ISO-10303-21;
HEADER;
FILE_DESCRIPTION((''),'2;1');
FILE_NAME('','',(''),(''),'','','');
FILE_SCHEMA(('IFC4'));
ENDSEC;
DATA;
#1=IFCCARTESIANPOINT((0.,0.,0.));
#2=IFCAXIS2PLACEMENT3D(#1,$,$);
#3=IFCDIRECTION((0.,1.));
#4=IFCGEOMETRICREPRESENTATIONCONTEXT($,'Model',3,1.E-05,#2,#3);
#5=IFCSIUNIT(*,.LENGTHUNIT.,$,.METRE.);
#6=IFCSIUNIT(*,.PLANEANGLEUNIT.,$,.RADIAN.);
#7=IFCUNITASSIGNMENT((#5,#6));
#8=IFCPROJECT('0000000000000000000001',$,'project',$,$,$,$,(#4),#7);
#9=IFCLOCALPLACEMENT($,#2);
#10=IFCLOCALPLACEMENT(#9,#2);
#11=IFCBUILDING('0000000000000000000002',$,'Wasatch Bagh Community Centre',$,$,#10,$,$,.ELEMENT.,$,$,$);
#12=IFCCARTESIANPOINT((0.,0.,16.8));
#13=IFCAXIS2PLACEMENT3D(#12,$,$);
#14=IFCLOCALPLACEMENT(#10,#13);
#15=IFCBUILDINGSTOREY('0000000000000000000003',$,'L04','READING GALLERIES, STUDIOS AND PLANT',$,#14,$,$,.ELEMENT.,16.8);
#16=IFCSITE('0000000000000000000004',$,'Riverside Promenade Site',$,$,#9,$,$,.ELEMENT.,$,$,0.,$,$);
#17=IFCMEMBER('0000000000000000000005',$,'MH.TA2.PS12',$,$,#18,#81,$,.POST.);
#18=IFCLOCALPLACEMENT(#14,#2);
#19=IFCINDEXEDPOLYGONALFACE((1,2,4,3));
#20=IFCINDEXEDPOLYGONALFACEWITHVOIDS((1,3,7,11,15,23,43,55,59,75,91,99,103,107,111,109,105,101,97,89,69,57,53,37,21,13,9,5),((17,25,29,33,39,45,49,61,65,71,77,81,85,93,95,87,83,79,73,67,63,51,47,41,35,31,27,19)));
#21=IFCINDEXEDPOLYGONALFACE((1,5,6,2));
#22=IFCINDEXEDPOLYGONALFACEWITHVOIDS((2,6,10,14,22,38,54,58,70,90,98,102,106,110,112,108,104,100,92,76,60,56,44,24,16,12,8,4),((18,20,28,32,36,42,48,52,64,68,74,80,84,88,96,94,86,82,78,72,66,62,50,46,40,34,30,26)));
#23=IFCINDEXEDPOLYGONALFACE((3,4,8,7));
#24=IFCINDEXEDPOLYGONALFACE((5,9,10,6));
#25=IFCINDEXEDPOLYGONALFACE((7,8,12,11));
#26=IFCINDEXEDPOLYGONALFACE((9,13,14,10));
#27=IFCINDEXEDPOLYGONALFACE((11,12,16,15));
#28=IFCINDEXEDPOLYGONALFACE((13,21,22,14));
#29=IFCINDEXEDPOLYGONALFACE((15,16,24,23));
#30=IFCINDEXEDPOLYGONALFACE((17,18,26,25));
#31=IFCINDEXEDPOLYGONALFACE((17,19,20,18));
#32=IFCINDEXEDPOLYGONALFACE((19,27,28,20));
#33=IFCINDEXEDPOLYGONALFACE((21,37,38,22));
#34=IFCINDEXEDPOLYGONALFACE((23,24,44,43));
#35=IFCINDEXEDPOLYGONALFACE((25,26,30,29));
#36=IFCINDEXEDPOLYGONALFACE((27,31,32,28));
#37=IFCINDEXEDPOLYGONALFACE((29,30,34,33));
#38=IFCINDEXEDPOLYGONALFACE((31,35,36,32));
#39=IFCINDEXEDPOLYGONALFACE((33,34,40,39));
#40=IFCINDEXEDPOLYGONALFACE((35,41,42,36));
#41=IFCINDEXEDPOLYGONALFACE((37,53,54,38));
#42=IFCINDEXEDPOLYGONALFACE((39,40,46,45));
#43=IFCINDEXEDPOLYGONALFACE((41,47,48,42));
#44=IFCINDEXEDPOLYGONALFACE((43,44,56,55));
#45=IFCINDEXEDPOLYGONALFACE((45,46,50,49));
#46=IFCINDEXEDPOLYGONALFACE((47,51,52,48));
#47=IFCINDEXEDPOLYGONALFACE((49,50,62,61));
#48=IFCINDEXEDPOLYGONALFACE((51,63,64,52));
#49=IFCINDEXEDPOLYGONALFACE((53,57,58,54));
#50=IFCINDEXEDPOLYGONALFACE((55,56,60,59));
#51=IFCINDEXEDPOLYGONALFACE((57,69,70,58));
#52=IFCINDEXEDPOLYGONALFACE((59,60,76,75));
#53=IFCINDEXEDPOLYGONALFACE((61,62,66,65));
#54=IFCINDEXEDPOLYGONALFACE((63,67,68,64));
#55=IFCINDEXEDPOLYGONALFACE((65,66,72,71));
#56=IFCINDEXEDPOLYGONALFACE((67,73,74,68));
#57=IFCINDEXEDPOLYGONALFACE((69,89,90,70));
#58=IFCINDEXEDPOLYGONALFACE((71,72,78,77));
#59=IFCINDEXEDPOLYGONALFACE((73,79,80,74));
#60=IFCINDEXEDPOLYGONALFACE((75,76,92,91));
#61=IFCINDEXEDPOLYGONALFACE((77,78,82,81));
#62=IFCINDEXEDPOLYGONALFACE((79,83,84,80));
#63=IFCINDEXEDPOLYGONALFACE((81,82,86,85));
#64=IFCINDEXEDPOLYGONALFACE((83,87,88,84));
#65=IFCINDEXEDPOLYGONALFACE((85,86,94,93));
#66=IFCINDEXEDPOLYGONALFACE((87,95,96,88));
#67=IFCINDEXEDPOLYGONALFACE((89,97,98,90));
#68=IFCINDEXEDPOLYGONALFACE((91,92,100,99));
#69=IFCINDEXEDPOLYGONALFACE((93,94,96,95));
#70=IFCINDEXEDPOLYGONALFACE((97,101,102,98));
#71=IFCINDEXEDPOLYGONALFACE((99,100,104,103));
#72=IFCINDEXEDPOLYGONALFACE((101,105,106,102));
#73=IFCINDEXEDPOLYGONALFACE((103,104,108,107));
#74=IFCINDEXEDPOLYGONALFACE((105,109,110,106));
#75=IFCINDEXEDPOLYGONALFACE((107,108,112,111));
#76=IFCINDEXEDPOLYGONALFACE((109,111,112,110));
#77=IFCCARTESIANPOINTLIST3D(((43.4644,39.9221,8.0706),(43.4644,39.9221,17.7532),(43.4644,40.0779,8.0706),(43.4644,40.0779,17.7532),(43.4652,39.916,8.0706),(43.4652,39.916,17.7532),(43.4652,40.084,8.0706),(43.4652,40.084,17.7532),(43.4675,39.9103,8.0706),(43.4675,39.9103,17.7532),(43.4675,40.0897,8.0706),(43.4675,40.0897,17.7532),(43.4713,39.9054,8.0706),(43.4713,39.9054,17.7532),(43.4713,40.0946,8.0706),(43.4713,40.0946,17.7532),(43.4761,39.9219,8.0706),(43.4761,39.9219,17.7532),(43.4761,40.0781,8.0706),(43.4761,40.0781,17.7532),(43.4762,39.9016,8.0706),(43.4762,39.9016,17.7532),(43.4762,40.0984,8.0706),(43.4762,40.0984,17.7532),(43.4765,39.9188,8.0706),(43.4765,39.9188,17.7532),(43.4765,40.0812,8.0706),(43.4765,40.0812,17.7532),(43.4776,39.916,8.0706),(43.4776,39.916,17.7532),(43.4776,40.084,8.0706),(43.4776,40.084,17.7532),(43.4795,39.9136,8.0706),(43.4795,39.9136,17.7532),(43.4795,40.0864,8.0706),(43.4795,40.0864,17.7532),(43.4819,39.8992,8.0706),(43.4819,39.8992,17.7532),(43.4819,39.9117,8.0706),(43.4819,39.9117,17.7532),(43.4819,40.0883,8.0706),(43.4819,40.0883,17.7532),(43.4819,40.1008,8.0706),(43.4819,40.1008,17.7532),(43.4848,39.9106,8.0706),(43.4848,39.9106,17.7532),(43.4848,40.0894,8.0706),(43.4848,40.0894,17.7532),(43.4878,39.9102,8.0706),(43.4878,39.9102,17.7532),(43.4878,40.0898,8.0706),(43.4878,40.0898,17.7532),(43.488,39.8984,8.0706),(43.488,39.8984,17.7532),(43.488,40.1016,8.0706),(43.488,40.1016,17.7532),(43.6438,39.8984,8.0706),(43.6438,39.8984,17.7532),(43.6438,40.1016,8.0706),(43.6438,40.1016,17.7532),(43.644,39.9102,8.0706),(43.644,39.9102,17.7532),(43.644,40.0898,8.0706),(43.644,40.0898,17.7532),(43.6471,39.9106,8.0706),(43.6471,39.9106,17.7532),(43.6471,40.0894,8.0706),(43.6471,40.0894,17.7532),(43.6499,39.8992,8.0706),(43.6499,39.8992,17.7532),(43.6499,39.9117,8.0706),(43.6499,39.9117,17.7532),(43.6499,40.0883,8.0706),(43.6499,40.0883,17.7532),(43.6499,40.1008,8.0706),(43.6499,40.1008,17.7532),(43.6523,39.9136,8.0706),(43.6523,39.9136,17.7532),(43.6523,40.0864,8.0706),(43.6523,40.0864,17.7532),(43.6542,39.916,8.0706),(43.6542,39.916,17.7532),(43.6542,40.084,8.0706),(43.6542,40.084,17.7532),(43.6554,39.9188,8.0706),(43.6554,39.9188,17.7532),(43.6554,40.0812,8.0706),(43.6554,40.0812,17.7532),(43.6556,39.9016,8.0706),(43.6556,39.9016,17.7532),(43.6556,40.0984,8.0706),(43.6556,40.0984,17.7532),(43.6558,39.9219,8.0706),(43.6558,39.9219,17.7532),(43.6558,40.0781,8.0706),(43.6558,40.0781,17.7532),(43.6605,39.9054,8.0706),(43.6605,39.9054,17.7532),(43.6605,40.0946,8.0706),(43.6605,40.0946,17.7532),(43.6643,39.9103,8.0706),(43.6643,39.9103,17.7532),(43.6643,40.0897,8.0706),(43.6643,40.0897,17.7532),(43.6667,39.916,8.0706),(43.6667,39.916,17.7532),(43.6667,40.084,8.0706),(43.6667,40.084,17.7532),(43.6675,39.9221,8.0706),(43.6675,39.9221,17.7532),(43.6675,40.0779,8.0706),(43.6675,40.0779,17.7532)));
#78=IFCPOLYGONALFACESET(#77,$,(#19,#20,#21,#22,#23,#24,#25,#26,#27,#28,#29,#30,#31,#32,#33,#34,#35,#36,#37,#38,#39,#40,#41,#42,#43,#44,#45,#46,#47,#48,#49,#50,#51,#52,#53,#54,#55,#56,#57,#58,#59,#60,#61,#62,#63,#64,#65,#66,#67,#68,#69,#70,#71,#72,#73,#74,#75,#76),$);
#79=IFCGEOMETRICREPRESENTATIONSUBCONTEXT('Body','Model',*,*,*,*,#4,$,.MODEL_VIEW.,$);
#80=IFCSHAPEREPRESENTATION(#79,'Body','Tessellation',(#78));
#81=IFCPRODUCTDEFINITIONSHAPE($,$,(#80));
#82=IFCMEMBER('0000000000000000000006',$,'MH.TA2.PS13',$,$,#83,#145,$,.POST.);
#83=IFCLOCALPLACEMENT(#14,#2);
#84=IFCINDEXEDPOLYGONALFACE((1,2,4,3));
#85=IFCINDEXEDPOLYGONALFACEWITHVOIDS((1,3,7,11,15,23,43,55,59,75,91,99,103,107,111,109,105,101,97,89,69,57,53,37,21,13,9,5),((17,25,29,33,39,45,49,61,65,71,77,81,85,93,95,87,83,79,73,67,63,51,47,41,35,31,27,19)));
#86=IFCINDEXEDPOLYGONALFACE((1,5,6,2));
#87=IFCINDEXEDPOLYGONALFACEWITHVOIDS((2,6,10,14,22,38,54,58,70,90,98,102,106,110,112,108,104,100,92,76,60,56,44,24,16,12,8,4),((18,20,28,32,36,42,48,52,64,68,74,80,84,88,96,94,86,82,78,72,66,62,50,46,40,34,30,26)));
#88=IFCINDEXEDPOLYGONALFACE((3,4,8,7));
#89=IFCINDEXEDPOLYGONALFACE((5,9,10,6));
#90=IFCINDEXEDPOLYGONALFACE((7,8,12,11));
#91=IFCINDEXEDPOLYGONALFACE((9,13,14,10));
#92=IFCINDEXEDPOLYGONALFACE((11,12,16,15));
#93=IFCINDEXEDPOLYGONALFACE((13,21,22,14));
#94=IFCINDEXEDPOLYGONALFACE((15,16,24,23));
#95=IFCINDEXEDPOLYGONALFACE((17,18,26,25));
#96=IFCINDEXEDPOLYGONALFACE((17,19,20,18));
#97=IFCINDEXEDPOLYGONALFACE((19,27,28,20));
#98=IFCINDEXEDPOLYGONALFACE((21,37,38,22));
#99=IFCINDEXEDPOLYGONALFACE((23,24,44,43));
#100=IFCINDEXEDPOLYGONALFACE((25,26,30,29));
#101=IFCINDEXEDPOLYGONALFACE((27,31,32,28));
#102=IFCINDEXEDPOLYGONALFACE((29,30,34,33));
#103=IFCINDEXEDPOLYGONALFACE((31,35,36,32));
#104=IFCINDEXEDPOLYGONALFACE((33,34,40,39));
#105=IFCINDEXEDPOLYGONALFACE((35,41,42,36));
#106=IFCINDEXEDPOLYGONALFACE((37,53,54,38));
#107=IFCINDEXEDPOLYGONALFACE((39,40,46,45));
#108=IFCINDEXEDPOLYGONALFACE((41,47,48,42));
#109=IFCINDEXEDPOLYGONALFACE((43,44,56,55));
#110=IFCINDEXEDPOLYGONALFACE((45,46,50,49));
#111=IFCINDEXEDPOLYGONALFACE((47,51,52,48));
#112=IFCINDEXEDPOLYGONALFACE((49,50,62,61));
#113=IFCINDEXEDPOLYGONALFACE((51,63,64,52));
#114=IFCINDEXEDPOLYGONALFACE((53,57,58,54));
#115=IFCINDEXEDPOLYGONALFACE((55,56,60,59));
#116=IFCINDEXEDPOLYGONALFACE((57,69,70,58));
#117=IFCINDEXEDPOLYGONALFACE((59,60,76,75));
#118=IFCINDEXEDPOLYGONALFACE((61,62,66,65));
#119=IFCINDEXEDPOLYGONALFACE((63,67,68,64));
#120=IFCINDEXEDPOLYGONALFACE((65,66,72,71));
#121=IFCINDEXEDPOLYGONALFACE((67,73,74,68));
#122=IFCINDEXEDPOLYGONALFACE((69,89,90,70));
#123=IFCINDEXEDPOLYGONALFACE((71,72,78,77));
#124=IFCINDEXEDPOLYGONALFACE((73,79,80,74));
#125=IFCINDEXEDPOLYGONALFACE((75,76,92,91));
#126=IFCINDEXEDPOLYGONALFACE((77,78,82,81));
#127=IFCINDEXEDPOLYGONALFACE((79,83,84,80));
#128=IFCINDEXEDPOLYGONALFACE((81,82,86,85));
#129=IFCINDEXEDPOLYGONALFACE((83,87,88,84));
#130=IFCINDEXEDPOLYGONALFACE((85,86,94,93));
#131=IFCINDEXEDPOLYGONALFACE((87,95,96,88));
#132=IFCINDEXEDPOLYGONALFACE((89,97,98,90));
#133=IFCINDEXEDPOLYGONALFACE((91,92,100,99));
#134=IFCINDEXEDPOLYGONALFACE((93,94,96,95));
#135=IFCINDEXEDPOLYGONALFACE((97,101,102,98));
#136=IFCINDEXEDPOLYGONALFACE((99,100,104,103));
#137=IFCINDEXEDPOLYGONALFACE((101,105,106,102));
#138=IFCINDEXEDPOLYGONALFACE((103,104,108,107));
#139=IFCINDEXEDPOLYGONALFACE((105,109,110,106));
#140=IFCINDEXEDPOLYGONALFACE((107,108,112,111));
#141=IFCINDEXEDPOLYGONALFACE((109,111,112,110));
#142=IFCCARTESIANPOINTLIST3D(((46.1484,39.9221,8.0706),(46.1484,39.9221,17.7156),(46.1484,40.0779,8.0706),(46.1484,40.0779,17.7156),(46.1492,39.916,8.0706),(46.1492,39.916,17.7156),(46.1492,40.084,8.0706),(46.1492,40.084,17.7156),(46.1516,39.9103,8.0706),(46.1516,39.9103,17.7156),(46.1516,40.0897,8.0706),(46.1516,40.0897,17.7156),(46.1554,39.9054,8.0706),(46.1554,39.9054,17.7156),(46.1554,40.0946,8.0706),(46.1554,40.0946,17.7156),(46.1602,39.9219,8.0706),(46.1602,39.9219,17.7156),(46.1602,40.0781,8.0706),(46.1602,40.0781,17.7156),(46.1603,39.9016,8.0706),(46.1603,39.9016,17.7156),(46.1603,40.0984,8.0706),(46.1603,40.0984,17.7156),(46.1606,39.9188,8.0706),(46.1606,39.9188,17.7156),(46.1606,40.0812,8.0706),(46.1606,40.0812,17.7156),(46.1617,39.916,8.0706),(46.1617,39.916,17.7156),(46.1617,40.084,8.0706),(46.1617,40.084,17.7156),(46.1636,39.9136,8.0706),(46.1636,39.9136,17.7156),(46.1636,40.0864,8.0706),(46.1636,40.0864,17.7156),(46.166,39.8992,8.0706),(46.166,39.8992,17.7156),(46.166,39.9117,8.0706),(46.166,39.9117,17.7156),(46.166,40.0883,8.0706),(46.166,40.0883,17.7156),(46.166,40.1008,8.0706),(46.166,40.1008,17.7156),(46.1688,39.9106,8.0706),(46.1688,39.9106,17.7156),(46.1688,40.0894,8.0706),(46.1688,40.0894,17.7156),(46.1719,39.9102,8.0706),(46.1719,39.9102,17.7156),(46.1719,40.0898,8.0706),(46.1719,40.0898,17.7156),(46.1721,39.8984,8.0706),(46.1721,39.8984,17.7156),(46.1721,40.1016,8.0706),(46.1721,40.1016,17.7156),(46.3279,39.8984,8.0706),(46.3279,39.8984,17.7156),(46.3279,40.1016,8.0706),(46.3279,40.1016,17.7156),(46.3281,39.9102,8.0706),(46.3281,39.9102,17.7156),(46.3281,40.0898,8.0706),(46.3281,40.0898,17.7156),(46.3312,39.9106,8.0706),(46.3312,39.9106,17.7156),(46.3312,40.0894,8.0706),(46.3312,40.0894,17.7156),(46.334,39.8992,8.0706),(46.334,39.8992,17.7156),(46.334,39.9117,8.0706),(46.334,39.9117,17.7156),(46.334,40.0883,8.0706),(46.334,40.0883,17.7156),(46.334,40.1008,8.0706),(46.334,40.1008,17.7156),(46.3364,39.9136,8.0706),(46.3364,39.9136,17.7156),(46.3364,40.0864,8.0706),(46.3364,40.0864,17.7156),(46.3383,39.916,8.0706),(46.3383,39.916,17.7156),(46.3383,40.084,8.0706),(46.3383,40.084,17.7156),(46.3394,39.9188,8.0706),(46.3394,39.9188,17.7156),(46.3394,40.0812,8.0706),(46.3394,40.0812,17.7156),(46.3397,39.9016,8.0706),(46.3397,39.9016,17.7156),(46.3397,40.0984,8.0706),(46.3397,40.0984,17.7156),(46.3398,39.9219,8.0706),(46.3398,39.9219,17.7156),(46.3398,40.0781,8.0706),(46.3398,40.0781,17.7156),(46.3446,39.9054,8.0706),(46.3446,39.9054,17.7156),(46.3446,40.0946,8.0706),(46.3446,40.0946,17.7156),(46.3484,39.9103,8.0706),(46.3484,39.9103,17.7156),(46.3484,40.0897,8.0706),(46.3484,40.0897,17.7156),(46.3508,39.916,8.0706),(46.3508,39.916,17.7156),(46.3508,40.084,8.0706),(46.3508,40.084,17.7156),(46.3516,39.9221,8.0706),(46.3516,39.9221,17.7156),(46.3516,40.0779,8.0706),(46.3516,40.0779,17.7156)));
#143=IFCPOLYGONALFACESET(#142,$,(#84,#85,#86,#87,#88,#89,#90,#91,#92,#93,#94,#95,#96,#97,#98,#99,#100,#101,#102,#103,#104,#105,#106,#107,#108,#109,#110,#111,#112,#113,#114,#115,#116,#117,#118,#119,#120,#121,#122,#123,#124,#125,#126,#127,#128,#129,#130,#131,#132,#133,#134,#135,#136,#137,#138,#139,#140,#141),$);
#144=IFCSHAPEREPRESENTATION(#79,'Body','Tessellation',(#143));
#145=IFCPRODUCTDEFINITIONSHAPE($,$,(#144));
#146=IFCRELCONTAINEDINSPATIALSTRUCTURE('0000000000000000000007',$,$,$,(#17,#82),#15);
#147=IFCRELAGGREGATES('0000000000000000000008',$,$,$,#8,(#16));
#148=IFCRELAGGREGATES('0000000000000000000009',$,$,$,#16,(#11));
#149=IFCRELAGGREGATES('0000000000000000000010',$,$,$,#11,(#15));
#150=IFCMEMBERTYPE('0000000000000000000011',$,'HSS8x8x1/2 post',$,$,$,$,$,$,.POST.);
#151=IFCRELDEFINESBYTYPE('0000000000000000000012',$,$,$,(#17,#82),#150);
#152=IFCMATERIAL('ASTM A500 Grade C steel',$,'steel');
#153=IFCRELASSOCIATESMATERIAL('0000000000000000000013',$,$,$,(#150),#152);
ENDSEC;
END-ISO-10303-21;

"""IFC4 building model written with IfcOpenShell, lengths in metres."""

from ifc_helpers import new_model, si_unit, direction, frame, origin, origin_2d, place, context, subcontext, project, spatial, hollow_rectangle, extrude, material, material_profile, profile_set, type_object, element, save


model = new_model("IFC4")

# Units and contexts
model_context = context("Model", 3, precision=1e-05, world=origin(), true_north=direction((0.0, 1.0)))
body_context = subcontext(model_context, "Body", "Model", "MODEL_VIEW")
ifc_project = project(units=[si_unit("LENGTHUNIT", "METRE"), si_unit("PLANEANGLEUNIT", "RADIAN")], contexts=[model_context])

# Site, building, storey
site_placement = place(None, origin())
site = spatial("IfcSite", under=ifc_project, at=site_placement, Name="Riverside Promenade Site", CompositionType="ELEMENT", RefElevation=0.0)
building_placement = place(site_placement, origin())
building = spatial("IfcBuilding", under=site, at=building_placement, Name="Wasatch Bagh Community Centre", CompositionType="ELEMENT")
storey_placement = place(building_placement, frame((0.0, 0.0, 16.8)))
storey = spatial("IfcBuildingStorey", under=building, at=storey_placement, Name="L04", Description="READING GALLERIES, STUDIOS AND PLANT", CompositionType="ELEMENT", Elevation=16.8)

# Members
ifc_material_1 = material(Name="ASTM A500 Grade C steel", Category="steel")
ifc_material_profile_1 = material_profile(ifc_material_1, hollow_rectangle(XDim=0.2031, YDim=0.2031, WallThickness=0.0117, InnerFilletRadius=0.0117, OuterFilletRadius=0.0237, at=origin_2d()), Name="HSS8x8x1/2")
ifc_profile_set_1 = profile_set([ifc_material_profile_1], Name="ASTM A500 Grade C steel")
member_type_1 = type_object("IfcMemberType", Name="HSS8x8x1/2 post", PredefinedType="POST", material=ifc_profile_set_1)
member_1_placement = place(storey_placement, frame((43.5659, 40.0, 8.0706), z_axis=(0.0, 0.0, 1.0), x_axis=(1.0, 0.0, 0.0)))
element("IfcMember", 1, at=member_1_placement, inside=storey, type_object=member_type_1, Name="MH.TA2.PS12", PredefinedType="POST", context=body_context, shape_type="SweptSolid", body=[
    extrude(hollow_rectangle(XDim=0.2031, YDim=0.2031, WallThickness=0.0117, InnerFilletRadius=0.0117, OuterFilletRadius=0.0237, at=origin_2d()), origin(), (0.0, 0.0, 1.0), 9.6826),
])
member_2_placement = place(storey_placement, frame((46.25, 40.0, 8.0706), z_axis=(0.0, 0.0, 1.0), x_axis=(1.0, 0.0, 0.0)))
element("IfcMember", 2, at=member_2_placement, inside=storey, type_object=member_type_1, Name="MH.TA2.PS13", PredefinedType="POST", context=body_context, shape_type="SweptSolid", body=[
    extrude(hollow_rectangle(XDim=0.2031, YDim=0.2031, WallThickness=0.0117, InnerFilletRadius=0.0117, OuterFilletRadius=0.0237, at=origin_2d()), origin(), (0.0, 0.0, 1.0), 9.645),
])

save(model, "model.ifc")
